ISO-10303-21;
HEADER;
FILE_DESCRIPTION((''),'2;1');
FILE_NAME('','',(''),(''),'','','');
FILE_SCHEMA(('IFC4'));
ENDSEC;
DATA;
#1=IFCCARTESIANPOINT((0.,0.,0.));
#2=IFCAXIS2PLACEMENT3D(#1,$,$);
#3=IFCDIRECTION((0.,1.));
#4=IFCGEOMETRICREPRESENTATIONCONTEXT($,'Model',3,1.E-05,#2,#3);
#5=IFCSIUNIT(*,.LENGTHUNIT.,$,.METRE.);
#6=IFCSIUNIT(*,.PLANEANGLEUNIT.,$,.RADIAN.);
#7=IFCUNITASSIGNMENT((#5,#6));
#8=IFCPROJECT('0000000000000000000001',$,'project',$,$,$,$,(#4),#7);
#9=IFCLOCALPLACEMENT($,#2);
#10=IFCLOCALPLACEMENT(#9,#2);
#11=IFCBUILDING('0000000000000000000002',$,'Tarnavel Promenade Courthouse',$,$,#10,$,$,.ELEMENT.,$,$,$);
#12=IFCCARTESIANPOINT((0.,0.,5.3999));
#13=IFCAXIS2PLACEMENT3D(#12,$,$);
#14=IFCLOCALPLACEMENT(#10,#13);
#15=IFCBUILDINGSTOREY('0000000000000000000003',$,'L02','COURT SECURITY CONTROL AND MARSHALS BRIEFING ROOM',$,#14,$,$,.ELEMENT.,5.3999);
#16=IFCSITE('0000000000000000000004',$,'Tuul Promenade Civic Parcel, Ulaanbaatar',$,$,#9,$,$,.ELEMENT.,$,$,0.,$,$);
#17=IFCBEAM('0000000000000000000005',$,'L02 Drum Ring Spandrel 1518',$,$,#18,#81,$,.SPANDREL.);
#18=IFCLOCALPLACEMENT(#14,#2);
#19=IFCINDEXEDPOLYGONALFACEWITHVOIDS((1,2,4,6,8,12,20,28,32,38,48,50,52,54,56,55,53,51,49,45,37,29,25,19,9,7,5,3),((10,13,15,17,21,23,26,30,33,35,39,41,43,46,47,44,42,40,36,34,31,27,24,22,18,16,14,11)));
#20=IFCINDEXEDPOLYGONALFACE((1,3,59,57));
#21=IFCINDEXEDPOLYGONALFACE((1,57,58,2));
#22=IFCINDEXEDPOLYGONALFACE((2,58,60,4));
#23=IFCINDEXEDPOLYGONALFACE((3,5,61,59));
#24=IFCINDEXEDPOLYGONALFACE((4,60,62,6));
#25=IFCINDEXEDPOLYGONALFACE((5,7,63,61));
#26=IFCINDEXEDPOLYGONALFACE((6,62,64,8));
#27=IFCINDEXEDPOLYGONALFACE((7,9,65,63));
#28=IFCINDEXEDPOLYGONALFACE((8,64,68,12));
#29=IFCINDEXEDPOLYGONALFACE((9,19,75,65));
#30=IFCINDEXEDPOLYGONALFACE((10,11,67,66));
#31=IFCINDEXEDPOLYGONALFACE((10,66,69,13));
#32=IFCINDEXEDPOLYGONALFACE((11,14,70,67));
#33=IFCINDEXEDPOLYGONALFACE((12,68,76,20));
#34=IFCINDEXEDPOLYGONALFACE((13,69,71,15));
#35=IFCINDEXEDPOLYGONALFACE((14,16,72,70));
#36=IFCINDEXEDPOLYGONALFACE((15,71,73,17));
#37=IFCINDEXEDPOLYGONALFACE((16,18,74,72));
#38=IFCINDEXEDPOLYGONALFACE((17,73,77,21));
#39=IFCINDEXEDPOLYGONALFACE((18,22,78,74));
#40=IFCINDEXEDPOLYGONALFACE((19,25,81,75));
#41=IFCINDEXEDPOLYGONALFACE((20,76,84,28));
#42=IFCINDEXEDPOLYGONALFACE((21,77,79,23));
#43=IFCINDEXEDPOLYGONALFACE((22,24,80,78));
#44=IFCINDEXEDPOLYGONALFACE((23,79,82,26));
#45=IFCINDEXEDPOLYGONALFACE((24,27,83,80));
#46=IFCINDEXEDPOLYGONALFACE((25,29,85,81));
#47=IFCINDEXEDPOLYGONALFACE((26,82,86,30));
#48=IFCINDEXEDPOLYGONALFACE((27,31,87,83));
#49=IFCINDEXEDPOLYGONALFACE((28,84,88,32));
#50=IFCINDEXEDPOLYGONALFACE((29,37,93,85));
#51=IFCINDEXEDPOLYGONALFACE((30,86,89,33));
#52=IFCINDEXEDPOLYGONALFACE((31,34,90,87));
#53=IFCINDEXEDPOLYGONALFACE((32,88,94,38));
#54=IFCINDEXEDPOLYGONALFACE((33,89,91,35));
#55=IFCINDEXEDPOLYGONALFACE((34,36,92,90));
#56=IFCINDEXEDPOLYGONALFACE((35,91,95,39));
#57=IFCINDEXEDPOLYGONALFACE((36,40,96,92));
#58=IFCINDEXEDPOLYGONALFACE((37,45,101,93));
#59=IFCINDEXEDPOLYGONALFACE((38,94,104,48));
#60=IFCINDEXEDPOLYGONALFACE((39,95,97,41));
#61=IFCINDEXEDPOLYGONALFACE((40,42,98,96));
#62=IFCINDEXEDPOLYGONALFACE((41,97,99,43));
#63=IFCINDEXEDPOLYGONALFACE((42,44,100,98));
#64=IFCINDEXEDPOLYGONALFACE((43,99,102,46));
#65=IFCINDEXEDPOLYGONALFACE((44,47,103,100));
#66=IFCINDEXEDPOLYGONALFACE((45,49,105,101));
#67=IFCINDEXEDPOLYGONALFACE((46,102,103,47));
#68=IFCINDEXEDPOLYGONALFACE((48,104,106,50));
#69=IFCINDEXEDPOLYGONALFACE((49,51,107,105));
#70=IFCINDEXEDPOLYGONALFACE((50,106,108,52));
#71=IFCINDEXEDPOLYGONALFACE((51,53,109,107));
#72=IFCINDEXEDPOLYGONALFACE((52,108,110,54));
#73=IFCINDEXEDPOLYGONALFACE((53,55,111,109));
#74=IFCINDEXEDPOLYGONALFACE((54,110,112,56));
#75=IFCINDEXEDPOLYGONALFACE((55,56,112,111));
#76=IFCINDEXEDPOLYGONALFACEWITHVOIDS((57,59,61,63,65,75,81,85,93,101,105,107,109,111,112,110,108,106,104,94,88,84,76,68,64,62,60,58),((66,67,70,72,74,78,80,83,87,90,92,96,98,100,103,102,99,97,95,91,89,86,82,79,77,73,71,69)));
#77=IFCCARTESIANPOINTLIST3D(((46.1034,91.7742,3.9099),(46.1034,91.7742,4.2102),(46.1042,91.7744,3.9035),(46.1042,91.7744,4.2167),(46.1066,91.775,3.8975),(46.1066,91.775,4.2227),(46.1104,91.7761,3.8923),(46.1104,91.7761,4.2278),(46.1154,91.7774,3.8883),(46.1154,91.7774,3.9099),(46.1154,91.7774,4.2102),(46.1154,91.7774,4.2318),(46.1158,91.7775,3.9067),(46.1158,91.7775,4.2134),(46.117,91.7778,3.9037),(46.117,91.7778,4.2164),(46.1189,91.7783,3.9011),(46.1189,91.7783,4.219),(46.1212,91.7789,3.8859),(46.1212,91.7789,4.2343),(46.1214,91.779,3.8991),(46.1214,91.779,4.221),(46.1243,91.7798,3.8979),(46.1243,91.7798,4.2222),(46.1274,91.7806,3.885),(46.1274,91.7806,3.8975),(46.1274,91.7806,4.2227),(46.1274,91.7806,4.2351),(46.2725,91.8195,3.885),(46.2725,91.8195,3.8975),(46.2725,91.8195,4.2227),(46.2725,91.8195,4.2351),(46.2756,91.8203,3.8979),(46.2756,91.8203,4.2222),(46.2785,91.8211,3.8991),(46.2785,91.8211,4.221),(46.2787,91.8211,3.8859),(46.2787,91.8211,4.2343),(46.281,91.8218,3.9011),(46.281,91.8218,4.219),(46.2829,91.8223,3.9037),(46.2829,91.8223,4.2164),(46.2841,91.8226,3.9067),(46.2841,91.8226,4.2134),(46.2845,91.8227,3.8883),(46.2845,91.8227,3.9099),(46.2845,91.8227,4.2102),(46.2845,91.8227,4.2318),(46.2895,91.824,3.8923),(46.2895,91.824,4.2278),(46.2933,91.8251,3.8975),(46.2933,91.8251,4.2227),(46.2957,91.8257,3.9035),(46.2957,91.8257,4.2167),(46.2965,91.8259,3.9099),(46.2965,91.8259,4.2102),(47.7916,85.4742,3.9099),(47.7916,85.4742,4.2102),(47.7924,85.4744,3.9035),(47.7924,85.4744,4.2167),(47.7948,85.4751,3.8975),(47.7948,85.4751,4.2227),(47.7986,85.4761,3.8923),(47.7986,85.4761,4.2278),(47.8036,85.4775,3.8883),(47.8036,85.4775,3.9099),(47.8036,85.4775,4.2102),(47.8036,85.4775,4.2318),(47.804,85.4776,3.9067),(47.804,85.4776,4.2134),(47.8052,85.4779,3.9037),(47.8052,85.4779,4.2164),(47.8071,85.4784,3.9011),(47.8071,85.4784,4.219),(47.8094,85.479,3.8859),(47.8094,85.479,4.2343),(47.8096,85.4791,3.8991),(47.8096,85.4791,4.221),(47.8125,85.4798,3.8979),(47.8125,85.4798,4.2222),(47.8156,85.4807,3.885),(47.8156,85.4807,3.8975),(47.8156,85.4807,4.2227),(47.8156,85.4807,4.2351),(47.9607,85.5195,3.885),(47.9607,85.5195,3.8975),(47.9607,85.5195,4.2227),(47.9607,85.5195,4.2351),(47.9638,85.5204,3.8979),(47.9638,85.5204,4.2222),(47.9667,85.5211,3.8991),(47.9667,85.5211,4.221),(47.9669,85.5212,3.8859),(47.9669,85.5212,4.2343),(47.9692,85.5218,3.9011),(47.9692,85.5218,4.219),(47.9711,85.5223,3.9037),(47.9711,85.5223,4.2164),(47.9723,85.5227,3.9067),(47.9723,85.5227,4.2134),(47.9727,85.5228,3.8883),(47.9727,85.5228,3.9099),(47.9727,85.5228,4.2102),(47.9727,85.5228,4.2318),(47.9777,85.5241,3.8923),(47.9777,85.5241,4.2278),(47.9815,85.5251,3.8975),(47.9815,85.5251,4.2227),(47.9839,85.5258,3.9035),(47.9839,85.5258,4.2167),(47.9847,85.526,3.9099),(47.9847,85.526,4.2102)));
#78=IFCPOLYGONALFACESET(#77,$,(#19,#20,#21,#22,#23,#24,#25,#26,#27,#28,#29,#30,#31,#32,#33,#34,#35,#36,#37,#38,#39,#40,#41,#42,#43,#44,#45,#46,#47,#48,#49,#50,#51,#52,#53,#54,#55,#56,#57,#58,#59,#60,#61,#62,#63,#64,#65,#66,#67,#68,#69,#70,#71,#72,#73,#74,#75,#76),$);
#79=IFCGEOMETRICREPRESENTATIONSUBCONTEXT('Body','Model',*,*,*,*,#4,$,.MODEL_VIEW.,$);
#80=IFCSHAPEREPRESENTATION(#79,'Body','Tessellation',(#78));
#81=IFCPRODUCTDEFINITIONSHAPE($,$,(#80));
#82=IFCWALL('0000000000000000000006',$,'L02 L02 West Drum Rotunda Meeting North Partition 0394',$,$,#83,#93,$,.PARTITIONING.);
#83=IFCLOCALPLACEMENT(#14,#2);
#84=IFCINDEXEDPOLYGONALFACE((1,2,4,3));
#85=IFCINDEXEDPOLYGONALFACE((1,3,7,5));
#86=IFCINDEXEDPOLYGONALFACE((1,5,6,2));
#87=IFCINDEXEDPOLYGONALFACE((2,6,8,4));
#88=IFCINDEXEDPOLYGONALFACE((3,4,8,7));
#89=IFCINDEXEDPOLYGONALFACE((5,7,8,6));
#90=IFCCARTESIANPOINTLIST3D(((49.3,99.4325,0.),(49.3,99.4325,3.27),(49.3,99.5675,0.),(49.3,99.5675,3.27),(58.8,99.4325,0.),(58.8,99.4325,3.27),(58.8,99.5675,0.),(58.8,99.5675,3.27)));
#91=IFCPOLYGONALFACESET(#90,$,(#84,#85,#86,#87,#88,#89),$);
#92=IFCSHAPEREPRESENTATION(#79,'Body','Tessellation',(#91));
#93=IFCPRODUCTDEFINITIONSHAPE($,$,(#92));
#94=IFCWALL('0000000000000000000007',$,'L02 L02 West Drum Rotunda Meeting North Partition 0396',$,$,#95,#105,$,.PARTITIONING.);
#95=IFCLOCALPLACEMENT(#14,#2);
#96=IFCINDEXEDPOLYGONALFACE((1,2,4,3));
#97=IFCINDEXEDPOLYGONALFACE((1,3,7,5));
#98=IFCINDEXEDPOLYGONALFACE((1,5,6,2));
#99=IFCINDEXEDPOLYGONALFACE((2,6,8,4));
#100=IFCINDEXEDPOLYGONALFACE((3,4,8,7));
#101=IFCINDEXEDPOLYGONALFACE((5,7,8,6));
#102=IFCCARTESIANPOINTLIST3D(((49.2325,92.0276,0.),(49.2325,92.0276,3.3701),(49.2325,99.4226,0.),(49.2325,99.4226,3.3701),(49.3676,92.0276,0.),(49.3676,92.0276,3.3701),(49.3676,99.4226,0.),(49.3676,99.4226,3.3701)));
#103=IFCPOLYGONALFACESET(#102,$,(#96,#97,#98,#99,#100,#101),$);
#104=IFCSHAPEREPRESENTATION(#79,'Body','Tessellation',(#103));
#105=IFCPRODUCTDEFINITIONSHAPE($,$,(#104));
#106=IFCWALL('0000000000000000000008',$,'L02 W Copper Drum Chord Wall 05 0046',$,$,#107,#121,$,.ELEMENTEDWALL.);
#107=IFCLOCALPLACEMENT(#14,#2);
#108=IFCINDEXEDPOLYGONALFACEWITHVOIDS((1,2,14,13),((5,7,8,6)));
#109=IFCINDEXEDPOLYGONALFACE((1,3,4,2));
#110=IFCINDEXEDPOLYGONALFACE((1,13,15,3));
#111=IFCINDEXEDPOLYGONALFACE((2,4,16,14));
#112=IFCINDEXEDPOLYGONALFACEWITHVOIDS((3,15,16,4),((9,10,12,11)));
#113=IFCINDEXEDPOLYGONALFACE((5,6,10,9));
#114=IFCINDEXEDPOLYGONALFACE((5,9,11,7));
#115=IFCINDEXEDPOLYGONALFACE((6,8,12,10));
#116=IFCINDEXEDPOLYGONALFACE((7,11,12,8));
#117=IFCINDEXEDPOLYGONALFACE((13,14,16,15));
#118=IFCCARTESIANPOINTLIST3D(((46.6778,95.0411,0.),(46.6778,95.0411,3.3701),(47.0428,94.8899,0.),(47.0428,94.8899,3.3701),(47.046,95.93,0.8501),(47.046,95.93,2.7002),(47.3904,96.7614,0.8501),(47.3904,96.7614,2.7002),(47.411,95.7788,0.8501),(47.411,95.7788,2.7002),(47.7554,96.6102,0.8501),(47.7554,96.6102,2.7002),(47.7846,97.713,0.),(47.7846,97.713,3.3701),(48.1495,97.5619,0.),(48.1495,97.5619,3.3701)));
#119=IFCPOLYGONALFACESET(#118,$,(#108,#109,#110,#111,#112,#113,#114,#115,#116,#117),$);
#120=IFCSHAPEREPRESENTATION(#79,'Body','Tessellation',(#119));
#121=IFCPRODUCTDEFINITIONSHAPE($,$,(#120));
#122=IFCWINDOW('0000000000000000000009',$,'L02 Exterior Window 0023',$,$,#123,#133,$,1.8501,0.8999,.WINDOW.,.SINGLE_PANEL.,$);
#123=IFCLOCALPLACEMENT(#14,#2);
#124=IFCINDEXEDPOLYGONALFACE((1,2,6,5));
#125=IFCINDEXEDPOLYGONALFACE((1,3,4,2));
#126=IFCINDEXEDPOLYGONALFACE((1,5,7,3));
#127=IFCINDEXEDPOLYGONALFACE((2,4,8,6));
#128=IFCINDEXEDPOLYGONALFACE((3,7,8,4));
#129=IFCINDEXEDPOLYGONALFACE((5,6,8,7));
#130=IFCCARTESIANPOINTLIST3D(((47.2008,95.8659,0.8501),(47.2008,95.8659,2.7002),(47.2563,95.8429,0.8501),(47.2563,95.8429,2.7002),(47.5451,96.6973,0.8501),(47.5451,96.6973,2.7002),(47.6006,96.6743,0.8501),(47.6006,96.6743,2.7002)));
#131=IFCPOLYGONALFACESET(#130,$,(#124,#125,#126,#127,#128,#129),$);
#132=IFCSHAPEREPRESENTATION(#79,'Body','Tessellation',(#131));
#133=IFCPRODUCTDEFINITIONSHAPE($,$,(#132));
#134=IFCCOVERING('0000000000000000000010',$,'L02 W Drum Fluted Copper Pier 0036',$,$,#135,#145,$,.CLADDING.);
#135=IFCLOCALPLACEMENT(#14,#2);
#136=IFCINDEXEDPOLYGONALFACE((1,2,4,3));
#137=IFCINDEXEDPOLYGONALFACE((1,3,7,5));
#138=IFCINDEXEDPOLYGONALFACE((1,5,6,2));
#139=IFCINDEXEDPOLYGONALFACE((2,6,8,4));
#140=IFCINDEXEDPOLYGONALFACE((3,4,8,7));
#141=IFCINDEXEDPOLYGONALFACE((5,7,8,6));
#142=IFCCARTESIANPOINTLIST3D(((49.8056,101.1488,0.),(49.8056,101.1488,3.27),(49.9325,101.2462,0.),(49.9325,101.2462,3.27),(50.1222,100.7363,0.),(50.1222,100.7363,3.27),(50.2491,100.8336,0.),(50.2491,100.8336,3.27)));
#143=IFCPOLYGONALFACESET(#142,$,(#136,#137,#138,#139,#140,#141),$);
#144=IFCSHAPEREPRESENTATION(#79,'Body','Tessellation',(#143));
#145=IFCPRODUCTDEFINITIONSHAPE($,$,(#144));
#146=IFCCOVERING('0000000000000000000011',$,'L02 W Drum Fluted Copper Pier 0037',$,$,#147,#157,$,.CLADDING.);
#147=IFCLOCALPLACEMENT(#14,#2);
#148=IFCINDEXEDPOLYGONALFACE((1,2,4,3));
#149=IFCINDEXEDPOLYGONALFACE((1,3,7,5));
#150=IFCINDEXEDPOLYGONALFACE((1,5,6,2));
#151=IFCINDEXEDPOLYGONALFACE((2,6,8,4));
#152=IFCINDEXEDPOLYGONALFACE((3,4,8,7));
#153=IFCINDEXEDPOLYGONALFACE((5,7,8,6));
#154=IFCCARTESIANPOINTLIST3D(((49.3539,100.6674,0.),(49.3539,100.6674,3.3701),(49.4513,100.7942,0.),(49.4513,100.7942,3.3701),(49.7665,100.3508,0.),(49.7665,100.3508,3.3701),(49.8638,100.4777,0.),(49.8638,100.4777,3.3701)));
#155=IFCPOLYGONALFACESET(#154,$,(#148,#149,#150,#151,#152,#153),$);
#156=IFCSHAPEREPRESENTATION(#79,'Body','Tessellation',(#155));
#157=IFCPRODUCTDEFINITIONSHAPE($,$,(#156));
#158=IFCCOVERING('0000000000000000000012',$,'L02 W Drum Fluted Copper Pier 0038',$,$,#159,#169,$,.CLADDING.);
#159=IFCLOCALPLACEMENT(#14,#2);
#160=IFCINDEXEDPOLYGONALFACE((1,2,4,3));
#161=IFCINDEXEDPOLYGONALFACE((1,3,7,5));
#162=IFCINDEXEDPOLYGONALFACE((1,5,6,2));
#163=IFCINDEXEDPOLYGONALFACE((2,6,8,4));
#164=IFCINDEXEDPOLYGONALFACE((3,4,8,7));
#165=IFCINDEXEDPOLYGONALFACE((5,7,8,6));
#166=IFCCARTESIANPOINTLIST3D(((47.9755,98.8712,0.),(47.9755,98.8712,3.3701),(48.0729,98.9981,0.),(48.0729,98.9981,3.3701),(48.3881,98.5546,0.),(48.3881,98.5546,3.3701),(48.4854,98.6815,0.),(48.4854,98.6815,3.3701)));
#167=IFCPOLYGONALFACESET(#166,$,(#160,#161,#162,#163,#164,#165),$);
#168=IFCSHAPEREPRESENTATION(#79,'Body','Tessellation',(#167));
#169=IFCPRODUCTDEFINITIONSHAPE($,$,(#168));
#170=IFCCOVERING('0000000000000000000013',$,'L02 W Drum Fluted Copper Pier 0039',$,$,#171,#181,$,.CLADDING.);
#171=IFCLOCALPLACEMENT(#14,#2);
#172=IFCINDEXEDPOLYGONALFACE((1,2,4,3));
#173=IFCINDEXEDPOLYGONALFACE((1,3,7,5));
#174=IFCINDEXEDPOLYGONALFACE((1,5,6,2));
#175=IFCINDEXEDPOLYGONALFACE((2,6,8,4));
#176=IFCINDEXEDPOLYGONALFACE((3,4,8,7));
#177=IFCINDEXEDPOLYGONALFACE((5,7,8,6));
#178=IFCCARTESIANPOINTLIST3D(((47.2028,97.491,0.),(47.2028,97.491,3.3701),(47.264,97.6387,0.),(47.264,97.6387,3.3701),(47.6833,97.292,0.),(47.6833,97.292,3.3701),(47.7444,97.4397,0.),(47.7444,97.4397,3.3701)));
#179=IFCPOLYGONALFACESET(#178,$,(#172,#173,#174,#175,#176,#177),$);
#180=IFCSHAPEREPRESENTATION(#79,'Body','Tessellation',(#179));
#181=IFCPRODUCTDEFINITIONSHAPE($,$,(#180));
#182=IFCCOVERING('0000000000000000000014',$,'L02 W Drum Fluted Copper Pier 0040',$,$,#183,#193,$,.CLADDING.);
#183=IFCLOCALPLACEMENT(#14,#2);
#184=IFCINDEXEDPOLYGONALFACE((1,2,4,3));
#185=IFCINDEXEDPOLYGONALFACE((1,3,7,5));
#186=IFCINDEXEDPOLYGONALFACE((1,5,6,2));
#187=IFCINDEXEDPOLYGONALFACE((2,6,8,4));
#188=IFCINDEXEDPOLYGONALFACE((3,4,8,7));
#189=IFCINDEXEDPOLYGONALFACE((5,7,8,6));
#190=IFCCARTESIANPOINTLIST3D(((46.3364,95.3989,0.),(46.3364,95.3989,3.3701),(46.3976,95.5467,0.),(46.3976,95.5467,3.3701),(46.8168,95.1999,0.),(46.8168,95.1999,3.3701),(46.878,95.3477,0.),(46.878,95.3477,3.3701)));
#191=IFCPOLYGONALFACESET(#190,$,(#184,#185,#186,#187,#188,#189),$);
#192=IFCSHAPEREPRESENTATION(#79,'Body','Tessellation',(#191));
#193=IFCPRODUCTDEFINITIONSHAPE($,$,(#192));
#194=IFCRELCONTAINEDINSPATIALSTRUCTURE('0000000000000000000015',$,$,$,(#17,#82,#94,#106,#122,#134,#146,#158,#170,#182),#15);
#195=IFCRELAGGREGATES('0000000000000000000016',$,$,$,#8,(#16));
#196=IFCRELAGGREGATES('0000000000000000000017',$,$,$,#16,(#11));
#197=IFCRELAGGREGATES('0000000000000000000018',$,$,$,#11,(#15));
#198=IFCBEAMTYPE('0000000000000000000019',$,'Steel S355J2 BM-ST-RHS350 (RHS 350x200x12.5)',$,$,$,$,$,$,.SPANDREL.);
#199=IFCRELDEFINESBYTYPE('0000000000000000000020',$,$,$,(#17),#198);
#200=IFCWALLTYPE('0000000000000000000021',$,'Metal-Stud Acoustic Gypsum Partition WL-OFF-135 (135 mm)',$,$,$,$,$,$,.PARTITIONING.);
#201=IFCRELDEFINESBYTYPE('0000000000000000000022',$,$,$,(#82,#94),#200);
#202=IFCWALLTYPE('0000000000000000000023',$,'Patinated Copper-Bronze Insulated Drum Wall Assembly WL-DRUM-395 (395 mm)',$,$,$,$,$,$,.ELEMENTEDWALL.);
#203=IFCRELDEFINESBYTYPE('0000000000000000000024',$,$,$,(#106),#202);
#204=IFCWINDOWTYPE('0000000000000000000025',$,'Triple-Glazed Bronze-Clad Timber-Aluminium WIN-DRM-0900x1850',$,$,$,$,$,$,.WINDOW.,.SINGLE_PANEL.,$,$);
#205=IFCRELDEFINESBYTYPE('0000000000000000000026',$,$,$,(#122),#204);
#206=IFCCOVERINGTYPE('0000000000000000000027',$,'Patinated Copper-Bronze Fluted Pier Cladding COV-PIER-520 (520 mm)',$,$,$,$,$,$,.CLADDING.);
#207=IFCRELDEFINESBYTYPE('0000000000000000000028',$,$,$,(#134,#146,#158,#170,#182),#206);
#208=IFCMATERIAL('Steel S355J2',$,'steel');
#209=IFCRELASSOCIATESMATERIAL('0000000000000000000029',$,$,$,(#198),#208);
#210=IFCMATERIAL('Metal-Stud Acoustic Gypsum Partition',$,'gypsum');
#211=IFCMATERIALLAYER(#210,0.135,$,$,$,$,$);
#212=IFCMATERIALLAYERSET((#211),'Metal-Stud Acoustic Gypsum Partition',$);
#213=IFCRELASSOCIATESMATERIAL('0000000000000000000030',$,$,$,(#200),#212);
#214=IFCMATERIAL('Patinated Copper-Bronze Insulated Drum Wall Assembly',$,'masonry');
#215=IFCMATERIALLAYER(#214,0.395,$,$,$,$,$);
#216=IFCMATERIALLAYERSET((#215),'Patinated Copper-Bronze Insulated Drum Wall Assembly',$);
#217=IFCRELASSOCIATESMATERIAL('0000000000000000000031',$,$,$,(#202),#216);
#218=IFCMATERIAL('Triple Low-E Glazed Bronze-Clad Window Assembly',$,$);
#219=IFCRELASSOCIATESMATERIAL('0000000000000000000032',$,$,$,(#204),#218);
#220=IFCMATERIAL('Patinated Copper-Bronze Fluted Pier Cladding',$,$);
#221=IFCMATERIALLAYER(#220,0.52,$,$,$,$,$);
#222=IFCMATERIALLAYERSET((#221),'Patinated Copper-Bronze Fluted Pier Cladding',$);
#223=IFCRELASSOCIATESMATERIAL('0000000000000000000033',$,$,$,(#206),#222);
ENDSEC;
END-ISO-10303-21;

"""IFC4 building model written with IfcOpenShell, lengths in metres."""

from ifc_helpers import new_model, si_unit, direction, frame, frame_2d, origin, origin_2d, place, context, subcontext, project, spatial, rectangle, hollow_rectangle, extrude, material, layer, layer_set, material_profile, profile_set, type_object, element, fill, save


model = new_model("IFC4")

# Units and contexts
model_context = context("Model", 3, precision=1e-05, world=origin(), true_north=direction((0.0, 1.0)))
body_context = subcontext(model_context, "Body", "Model", "MODEL_VIEW")
ifc_project = project(units=[si_unit("LENGTHUNIT", "METRE"), si_unit("PLANEANGLEUNIT", "RADIAN")], contexts=[model_context])

# Site, building, storey
site_placement = place(None, origin())
site = spatial("IfcSite", under=ifc_project, at=site_placement, Name="Tuul Promenade Civic Parcel, Ulaanbaatar", CompositionType="ELEMENT", RefElevation=0.0)
building_placement = place(site_placement, origin())
building = spatial("IfcBuilding", under=site, at=building_placement, Name="Tarnavel Promenade Courthouse", CompositionType="ELEMENT")
storey_placement = place(building_placement, frame((0.0, 0.0, 5.3999)))
storey = spatial("IfcBuildingStorey", under=building, at=storey_placement, Name="L02", Description="COURT SECURITY CONTROL AND MARSHALS BRIEFING ROOM", CompositionType="ELEMENT", Elevation=5.3999)

# Beam
ifc_material_1 = material(Name="Steel S355J2", Category="steel")
ifc_material_profile_1 = material_profile(ifc_material_1, hollow_rectangle(XDim=0.2, YDim=0.3501, WallThickness=0.0125, InnerFilletRadius=0.0125, OuterFilletRadius=0.0249, at=origin_2d()), Name="RHS 350x200x12.5")
ifc_profile_set_1 = profile_set([ifc_material_profile_1], Name="Steel S355J2")
beam_type_1 = type_object("IfcBeamType", Name="Steel S355J2 BM-ST-RHS350 (RHS 350x200x12.5)", PredefinedType="SPANDREL", material=ifc_profile_set_1)
for number, where, z_axis, x_axis, name in (
    (1, (46.2, 91.8, 4.0601), (0.258839, -0.96592, 0.0), (0.96592, 0.258839, 0.0), "L02 Drum Ring Spandrel 1518"),
):
    element("IfcBeam", number, at=place(storey_placement, frame(where, z_axis=z_axis, x_axis=x_axis)), inside=storey, type_object=beam_type_1, Name=name, PredefinedType="SPANDREL", context=body_context, shape_type="SweptSolid", body=[
        extrude(hollow_rectangle(XDim=0.2, YDim=0.3501, WallThickness=0.0125, InnerFilletRadius=0.0125, OuterFilletRadius=0.0249, at=origin_2d()), origin(), (0.0, 0.0, 1.0), 6.5222),
    ])

# Walls
ifc_material_2 = material(Name="Metal-Stud Acoustic Gypsum Partition", Category="gypsum")
ifc_layer_1 = layer(ifc_material_2, 0.135)
ifc_layer_set_1 = layer_set([ifc_layer_1], Name="Metal-Stud Acoustic Gypsum Partition")
wall_type_1 = type_object("IfcWallType", Name="Metal-Stud Acoustic Gypsum Partition WL-OFF-135 (135 mm)", PredefinedType="PARTITIONING", material=ifc_layer_set_1)
wall_1_placement = place(storey_placement, frame((49.3, 99.5, 0.0), z_axis=(0.0, 0.0, 1.0), x_axis=(1.0, 0.0, 0.0)))
element("IfcWall", 2, at=wall_1_placement, inside=storey, type_object=wall_type_1, Name="L02 L02 West Drum Rotunda Meeting North Partition 0394", PredefinedType="PARTITIONING", context=body_context, shape_type="SweptSolid", body=[
    extrude(rectangle(XDim=9.5, YDim=0.135, at=frame_2d((4.75, 0.0))), origin(), (0.0, 0.0, 1.0), 3.27),
])
wall_2_placement = place(storey_placement, frame((49.3, 92.0276, 0.0), z_axis=(0.0, 0.0, 1.0), x_axis=(0.0, 1.0, 0.0)))
element("IfcWall", 3, at=wall_2_placement, inside=storey, type_object=wall_type_1, Name="L02 L02 West Drum Rotunda Meeting North Partition 0396", PredefinedType="PARTITIONING", context=body_context, shape_type="SweptSolid", body=[
    extrude(rectangle(XDim=7.395, YDim=0.135, at=frame_2d((3.6975, 0.0))), origin(), (0.0, 0.0, 1.0), 3.3701),
])

# Wall, opening, window
ifc_material_3 = material(Name="Patinated Copper-Bronze Insulated Drum Wall Assembly", Category="masonry")
ifc_layer_2 = layer(ifc_material_3, 0.395)
ifc_layer_set_2 = layer_set([ifc_layer_2], Name="Patinated Copper-Bronze Insulated Drum Wall Assembly")
wall_type_2 = type_object("IfcWallType", Name="Patinated Copper-Bronze Insulated Drum Wall Assembly WL-DRUM-395 (395 mm)", PredefinedType="ELEMENTEDWALL", material=ifc_layer_set_2)
wall_3_placement = place(storey_placement, frame((47.967, 97.6375, 0.0), z_axis=(0.0, 0.0, 1.0), x_axis=(-0.382672, -0.923884, 0.0)))
wall_3 = element("IfcWall", 4, at=wall_3_placement, inside=storey, type_object=wall_type_2, Name="L02 W Copper Drum Chord Wall 05 0046", PredefinedType="ELEMENTEDWALL", context=body_context, shape_type="SweptSolid", body=[
    extrude(rectangle(XDim=2.8921, YDim=0.395, at=frame_2d((1.446, 0.0))), origin(), (0.0, 0.0, 1.0), 3.3701),
])
opening_placement = place(wall_3_placement, frame((1.03, 0.0, 0.8501)))
opening = element("IfcOpeningElement", 5, at=opening_placement, cuts=wall_3, PredefinedType="OPENING", context=body_context, shape_type="SweptSolid", body=[
    extrude(rectangle(XDim=0.8999, YDim=1.8501, at=frame_2d((0.45, 0.925))), frame((0.0, 0.2075, 0.0), z_axis=(0.0, -1.0, 0.0), x_axis=(1.0, 0.0, 0.0)), (0.0, 0.0, 1.0), 0.415),
])
ifc_material_4 = material(Name="Triple Low-E Glazed Bronze-Clad Window Assembly")
window_type = type_object("IfcWindowType", Name="Triple-Glazed Bronze-Clad Timber-Aluminium WIN-DRM-0900x1850", PartitioningType="SINGLE_PANEL", PredefinedType="WINDOW", material=ifc_material_4)
window_placement = place(opening_placement, origin())
window = element("IfcWindow", 6, at=window_placement, inside=storey, type_object=window_type, Name="L02 Exterior Window 0023", OverallHeight=1.8501, OverallWidth=0.8999, PartitioningType="SINGLE_PANEL", PredefinedType="WINDOW", context=body_context, shape_type="SweptSolid", body=[
    extrude(rectangle(XDim=0.8999, YDim=1.8501, at=frame_2d((0.45, 0.925))), frame((0.0, 0.03, 0.0), z_axis=(0.0, -1.0, 0.0), x_axis=(1.0, 0.0, 0.0)), (0.0, 0.0, 1.0), 0.0601),
])
fill(opening, window)

# Coverings
ifc_material_5 = material(Name="Patinated Copper-Bronze Fluted Pier Cladding")
ifc_layer_3 = layer(ifc_material_5, 0.52)
ifc_layer_set_3 = layer_set([ifc_layer_3], Name="Patinated Copper-Bronze Fluted Pier Cladding")
covering_type = type_object("IfcCoveringType", Name="Patinated Copper-Bronze Fluted Pier Cladding COV-PIER-520 (520 mm)", PredefinedType="CLADDING", material=ifc_layer_set_3)
covering_placement = place(storey_placement, frame((50.0273, 100.9912, 0.0), z_axis=(0.0, 0.0, 1.0), x_axis=(-0.793353, -0.608761, 0.0)))
element("IfcCovering", 7, at=covering_placement, inside=storey, type_object=covering_type, Name="L02 W Drum Fluted Copper Pier 0036", PredefinedType="CLADDING", context=body_context, shape_type="SweptSolid", body=[
    extrude(rectangle(XDim=0.1599, YDim=0.52, at=origin_2d()), origin(), (0.0, 0.0, 1.0), 3.27),
])
for number, where, z_axis, x_axis, name in (
    (8, (49.6089, 100.5725, 0.0), (0.0, 0.0, 1.0), (-0.608761, -0.793353, 0.0), "L02 W Drum Fluted Copper Pier 0037"),
    (9, (48.2305, 98.7764, 0.0), (0.0, 0.0, 1.0), (-0.608761, -0.793353, 0.0), "L02 W Drum Fluted Copper Pier 0038"),
    (10, (47.4736, 97.4653, 0.0), (0.0, 0.0, 1.0), (-0.382683, -0.92388, 0.0), "L02 W Drum Fluted Copper Pier 0039"),
    (11, (46.6072, 95.3733, 0.0), (0.0, 0.0, 1.0), (-0.382683, -0.92388, 0.0), "L02 W Drum Fluted Copper Pier 0040"),
):
    element("IfcCovering", number, at=place(storey_placement, frame(where, z_axis=z_axis, x_axis=x_axis)), inside=storey, type_object=covering_type, Name=name, PredefinedType="CLADDING", context=body_context, shape_type="SweptSolid", body=[
        extrude(rectangle(XDim=0.1599, YDim=0.52, at=origin_2d()), origin(), (0.0, 0.0, 1.0), 3.3701),
    ])

save(model, "model.ifc")
